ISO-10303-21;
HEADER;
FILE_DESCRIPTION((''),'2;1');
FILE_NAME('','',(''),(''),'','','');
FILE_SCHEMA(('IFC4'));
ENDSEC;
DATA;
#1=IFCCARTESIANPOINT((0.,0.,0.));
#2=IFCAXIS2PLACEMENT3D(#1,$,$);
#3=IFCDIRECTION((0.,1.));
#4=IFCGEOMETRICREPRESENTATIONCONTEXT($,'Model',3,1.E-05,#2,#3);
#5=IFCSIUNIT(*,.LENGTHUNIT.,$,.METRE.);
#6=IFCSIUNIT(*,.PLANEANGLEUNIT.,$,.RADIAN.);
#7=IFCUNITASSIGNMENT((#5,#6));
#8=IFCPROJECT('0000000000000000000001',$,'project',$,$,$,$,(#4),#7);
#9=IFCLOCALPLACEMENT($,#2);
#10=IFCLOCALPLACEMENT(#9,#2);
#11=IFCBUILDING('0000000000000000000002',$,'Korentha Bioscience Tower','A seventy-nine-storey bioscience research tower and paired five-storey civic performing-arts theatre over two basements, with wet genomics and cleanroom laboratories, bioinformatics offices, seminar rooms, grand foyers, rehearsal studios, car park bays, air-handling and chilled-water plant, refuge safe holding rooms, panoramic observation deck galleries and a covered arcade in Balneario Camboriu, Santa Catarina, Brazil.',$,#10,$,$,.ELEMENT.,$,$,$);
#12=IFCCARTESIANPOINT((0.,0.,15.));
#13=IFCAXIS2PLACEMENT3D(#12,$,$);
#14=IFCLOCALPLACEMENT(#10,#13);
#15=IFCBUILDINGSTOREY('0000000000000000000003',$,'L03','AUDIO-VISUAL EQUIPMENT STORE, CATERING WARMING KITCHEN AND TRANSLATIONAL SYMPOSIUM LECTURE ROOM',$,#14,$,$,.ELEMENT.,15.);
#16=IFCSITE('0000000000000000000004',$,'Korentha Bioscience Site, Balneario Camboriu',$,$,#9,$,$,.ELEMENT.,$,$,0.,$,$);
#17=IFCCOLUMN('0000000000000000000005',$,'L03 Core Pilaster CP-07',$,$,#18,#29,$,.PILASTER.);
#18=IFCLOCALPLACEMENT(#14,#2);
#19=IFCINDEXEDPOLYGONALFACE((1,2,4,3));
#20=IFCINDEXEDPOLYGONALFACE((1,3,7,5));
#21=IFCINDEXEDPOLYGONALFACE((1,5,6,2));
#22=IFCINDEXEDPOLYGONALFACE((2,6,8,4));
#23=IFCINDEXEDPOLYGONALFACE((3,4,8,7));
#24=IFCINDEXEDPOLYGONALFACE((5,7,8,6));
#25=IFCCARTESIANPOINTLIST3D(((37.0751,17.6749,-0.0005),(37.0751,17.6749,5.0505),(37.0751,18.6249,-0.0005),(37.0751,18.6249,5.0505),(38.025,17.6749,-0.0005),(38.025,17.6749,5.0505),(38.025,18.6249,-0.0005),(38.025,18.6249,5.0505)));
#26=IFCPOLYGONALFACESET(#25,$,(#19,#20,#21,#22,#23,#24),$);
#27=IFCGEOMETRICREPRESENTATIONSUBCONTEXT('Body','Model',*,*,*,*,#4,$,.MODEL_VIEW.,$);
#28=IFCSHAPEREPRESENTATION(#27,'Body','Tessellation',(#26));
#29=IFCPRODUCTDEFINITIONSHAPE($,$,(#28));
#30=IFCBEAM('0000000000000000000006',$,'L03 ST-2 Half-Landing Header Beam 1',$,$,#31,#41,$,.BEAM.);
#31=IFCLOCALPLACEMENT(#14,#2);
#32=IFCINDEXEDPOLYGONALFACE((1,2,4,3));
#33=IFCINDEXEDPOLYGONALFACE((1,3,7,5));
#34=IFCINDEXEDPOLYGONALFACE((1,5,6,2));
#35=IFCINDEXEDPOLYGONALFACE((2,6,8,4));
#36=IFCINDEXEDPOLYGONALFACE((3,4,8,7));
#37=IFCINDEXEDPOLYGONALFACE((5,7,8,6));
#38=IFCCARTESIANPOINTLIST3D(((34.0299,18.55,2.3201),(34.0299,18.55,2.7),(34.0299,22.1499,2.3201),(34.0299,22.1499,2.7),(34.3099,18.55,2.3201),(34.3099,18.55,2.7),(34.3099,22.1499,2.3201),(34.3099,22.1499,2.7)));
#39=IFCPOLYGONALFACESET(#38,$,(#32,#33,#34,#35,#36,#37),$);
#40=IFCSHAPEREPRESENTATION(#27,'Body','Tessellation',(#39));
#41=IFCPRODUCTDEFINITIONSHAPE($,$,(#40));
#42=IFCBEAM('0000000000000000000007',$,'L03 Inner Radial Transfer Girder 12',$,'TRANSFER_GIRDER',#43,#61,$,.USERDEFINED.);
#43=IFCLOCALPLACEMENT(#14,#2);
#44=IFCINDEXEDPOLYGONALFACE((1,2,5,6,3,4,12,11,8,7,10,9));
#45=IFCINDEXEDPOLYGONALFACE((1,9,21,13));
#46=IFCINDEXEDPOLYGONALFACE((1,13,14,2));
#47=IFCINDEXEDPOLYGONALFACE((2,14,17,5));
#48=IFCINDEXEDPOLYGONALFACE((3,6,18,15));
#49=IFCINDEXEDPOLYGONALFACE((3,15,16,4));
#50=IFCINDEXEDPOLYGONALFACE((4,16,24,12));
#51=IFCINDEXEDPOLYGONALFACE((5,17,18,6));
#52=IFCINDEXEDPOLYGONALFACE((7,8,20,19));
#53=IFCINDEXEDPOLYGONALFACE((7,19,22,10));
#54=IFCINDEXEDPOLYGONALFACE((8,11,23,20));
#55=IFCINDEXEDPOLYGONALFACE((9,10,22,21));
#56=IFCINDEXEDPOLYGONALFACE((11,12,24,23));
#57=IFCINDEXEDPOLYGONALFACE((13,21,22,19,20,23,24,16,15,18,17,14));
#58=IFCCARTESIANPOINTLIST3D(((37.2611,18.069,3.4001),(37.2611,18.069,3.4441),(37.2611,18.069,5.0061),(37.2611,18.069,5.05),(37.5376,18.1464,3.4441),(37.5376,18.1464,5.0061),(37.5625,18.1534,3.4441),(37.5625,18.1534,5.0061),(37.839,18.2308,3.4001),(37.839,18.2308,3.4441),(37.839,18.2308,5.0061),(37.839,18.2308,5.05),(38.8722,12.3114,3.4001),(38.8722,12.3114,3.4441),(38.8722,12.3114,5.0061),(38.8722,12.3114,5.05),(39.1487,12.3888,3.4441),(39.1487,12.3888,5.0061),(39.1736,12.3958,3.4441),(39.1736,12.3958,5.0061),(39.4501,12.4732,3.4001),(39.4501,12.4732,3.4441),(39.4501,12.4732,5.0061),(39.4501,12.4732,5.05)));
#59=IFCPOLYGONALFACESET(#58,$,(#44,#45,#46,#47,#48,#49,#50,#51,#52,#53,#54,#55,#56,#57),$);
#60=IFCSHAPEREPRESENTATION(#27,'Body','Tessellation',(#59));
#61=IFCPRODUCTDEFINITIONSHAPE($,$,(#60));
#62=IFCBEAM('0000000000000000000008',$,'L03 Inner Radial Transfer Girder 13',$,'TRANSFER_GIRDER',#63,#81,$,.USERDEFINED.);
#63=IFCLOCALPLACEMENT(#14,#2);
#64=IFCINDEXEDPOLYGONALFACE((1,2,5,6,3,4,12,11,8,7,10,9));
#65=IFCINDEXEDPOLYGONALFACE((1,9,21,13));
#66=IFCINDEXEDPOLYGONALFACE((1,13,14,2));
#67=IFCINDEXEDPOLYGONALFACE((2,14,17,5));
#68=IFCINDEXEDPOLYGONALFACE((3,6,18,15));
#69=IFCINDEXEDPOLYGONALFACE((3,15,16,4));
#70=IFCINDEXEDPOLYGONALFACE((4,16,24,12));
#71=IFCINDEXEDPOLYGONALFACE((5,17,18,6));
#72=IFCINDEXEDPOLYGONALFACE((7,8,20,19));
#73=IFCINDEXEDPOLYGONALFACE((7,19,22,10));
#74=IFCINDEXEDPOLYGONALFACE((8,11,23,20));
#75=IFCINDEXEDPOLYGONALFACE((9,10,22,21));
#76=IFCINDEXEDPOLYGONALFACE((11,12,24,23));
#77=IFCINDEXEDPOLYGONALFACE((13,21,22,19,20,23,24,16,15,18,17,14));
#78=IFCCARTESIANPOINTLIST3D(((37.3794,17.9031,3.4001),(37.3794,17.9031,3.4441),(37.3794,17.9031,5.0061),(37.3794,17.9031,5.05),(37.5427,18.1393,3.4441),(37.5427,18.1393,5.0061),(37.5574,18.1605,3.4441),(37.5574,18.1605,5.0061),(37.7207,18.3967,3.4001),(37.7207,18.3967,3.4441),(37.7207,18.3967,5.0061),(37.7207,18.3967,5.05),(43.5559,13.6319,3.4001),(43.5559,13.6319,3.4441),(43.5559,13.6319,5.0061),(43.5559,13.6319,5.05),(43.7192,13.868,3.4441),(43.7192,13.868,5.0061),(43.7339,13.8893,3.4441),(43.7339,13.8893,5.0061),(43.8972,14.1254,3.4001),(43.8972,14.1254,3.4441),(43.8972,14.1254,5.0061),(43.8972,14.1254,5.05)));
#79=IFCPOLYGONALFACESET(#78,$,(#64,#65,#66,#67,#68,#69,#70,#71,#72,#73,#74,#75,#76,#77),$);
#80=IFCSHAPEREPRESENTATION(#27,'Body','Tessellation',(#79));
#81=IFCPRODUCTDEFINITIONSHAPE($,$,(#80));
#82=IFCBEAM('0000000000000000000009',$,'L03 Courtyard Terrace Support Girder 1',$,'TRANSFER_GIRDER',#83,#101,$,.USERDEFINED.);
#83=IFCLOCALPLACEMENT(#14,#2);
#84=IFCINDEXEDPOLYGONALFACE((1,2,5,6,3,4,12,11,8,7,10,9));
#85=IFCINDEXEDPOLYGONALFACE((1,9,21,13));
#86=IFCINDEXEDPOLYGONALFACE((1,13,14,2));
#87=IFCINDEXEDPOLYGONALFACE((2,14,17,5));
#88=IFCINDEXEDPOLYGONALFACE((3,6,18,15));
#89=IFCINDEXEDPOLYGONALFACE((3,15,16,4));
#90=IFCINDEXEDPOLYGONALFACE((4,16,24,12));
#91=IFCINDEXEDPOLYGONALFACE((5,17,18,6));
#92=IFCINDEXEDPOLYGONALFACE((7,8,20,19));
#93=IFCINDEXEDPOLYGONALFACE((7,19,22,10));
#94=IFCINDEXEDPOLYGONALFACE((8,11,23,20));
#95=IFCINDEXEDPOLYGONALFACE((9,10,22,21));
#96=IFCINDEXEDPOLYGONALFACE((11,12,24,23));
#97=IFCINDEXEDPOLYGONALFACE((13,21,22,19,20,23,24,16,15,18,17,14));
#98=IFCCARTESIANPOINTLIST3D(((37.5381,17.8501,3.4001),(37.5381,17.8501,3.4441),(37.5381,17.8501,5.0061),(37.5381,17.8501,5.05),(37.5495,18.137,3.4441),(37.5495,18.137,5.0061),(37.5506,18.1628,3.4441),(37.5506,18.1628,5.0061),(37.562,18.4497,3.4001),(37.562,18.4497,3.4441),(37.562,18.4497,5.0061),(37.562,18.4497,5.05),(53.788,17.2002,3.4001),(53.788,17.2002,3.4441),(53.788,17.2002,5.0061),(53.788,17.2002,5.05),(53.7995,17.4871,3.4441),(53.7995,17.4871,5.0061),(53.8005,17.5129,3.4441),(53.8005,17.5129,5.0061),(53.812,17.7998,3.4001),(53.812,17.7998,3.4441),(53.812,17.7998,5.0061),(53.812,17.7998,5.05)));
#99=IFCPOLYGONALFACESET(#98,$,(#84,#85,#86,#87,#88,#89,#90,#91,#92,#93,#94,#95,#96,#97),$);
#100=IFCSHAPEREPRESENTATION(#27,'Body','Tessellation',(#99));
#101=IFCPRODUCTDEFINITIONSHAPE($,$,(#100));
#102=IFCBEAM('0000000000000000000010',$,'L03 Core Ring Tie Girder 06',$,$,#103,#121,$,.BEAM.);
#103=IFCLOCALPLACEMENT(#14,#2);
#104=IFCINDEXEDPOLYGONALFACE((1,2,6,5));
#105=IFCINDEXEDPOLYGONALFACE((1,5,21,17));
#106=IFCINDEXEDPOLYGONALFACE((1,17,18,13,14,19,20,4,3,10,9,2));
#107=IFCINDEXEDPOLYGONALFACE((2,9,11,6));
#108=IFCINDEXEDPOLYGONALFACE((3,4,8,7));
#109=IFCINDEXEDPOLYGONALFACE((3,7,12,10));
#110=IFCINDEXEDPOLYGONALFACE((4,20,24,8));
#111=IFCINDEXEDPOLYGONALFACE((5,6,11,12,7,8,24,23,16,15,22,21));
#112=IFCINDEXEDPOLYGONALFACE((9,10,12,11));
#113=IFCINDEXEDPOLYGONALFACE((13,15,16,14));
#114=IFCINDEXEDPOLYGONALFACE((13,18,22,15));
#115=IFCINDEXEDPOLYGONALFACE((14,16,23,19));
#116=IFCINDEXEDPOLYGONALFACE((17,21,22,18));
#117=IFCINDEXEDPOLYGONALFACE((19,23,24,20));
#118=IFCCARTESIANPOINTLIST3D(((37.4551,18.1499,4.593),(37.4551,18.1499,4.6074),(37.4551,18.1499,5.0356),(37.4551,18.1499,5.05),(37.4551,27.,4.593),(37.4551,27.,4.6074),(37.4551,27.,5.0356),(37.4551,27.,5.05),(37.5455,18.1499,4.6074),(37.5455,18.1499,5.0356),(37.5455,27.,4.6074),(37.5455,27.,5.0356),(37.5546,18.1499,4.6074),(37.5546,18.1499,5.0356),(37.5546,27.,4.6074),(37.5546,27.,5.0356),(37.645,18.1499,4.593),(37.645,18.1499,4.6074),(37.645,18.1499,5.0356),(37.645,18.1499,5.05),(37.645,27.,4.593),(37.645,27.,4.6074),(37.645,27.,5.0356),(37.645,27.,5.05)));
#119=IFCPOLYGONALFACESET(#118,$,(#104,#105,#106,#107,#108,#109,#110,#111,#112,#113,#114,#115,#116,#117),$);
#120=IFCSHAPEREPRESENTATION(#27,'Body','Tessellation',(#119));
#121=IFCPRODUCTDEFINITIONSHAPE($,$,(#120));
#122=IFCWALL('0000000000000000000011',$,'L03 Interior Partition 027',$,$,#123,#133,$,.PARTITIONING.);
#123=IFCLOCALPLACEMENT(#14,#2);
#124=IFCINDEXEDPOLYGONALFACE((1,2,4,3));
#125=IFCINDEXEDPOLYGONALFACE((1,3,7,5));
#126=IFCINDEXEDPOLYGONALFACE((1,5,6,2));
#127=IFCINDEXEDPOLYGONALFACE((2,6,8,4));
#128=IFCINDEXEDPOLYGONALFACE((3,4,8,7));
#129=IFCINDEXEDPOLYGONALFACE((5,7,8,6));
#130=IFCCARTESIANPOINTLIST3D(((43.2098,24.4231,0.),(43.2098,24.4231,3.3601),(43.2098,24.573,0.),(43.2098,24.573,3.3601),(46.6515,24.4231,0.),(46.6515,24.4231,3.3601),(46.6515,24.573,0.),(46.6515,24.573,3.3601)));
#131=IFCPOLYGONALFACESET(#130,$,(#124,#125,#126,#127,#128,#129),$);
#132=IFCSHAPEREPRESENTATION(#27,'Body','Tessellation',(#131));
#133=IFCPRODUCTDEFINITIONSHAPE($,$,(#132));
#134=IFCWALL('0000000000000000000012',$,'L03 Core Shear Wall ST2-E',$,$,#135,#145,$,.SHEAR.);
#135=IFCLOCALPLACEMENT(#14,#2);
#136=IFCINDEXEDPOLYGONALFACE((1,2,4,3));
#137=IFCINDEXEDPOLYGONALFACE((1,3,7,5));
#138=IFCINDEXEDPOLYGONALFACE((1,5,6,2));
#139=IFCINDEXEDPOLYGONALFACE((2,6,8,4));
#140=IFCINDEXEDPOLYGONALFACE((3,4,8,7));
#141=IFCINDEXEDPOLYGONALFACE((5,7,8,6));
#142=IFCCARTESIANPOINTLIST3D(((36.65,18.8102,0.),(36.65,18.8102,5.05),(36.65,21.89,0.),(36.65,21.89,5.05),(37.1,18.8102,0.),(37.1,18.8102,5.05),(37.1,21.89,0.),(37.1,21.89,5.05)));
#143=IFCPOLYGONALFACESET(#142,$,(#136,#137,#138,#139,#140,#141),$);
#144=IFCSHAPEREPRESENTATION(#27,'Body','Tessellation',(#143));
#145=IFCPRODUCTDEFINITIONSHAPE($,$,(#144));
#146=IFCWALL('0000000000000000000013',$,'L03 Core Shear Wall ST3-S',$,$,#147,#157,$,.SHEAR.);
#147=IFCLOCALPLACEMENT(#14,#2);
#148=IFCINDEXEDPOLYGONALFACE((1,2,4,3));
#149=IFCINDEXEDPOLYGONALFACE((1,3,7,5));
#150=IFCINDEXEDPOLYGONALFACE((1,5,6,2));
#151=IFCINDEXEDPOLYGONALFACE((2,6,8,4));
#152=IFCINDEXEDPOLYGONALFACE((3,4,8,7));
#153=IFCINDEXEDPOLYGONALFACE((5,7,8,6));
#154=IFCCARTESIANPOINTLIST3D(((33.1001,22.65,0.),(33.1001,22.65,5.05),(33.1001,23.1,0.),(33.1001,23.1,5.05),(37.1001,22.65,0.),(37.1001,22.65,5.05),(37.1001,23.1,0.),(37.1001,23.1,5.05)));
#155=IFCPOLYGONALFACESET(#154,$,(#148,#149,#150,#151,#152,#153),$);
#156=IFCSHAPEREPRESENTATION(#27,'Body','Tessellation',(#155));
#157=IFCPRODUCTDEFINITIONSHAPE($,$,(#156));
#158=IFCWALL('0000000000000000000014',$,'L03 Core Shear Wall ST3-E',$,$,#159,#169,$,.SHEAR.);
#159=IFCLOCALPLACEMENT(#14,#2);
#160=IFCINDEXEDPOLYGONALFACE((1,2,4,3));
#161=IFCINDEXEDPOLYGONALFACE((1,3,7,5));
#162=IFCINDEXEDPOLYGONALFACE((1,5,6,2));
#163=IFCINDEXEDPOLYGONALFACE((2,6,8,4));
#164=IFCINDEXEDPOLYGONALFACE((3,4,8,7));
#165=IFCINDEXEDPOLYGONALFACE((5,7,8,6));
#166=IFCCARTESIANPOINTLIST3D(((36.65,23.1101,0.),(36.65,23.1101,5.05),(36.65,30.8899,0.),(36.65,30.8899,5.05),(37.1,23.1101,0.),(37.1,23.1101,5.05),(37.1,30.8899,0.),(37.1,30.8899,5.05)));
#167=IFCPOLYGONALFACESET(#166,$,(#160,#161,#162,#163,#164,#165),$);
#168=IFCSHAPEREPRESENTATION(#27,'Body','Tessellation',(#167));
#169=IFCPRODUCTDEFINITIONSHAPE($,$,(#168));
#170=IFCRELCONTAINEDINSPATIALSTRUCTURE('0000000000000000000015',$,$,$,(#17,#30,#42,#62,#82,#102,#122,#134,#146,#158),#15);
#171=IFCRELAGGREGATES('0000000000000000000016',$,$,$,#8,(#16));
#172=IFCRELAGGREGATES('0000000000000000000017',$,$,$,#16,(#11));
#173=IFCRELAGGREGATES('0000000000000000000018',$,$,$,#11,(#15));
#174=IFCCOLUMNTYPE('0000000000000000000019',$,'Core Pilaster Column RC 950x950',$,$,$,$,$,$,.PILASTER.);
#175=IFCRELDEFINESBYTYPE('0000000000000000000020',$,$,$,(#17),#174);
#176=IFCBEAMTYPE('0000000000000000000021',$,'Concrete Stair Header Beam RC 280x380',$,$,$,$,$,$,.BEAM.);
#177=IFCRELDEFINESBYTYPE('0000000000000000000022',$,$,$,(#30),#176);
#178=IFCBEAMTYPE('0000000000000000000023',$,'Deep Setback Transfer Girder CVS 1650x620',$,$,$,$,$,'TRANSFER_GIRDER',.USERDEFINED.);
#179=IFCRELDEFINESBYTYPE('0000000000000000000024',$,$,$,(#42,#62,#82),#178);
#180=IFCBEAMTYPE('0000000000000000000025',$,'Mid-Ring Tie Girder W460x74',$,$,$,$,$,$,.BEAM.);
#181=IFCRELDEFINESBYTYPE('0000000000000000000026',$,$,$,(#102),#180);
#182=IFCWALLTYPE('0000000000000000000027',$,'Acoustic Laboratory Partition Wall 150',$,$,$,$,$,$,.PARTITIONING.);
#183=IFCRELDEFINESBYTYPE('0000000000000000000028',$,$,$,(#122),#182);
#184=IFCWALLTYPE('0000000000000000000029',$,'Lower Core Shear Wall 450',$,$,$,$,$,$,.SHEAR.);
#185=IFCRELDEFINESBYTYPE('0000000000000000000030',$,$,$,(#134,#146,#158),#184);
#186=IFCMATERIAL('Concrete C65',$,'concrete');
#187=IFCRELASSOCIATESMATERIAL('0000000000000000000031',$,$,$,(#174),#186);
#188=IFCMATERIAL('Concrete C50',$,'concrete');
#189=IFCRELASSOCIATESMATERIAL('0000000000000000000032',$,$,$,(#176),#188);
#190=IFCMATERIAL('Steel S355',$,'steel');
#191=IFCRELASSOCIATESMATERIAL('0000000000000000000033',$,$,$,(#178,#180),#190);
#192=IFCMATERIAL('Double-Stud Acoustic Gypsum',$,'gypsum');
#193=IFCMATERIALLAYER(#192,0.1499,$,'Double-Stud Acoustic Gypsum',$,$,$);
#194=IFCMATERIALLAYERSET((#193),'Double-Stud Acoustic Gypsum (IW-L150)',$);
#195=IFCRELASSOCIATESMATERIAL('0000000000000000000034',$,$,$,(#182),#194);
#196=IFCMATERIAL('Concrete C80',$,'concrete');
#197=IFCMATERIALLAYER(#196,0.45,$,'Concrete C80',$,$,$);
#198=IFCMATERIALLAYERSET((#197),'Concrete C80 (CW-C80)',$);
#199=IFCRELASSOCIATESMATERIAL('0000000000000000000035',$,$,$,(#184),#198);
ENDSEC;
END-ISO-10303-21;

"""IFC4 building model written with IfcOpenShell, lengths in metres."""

from ifc_helpers import new_model, si_unit, direction, frame, frame_2d, origin, origin_2d, place, context, subcontext, project, spatial, rectangle, i_section, extrude, material, layer, layer_set, material_profile, profile_set, type_object, element, save


model = new_model("IFC4")

# Units and contexts
model_context = context("Model", 3, precision=1e-05, world=origin(), true_north=direction((0.0, 1.0)))
body_context = subcontext(model_context, "Body", "Model", "MODEL_VIEW")
ifc_project = project(units=[si_unit("LENGTHUNIT", "METRE"), si_unit("PLANEANGLEUNIT", "RADIAN")], contexts=[model_context])

# Site, building, storey
site_placement = place(None, origin())
site = spatial("IfcSite", under=ifc_project, at=site_placement, Name="Korentha Bioscience Site, Balneario Camboriu", CompositionType="ELEMENT", RefElevation=0.0)
building_placement = place(site_placement, origin())
building = spatial("IfcBuilding", under=site, at=building_placement, Name="Korentha Bioscience Tower", Description="A seventy-nine-storey bioscience research tower and paired five-storey civic performing-arts theatre over two basements, with wet genomics and cleanroom laboratories, bioinformatics offices, seminar rooms, grand foyers, rehearsal studios, car park bays, air-handling and chilled-water plant, refuge safe holding rooms, panoramic observation deck galleries and a covered arcade in Balneario Camboriu, Santa Catarina, Brazil.", CompositionType="ELEMENT")
storey_placement = place(building_placement, frame((0.0, 0.0, 15.0)))
storey = spatial("IfcBuildingStorey", under=building, at=storey_placement, Name="L03", Description="AUDIO-VISUAL EQUIPMENT STORE, CATERING WARMING KITCHEN AND TRANSLATIONAL SYMPOSIUM LECTURE ROOM", CompositionType="ELEMENT", Elevation=15.0)

# Column
ifc_material_1 = material(Name="Concrete C65", Category="concrete")
ifc_material_profile_1 = material_profile(ifc_material_1, rectangle(XDim=0.95, YDim=0.95, at=origin_2d()), Name="Concrete C65")
ifc_profile_set_1 = profile_set([ifc_material_profile_1], Name="Concrete C65 (COL-CP09)")
column_type = type_object("IfcColumnType", Name="Core Pilaster Column RC 950x950", PredefinedType="PILASTER", material=ifc_profile_set_1)
column_placement = place(storey_placement, frame((37.55, 18.1499, -0.0005), z_axis=(0.0, 0.0, 1.0), x_axis=(1.0, 0.0, 0.0)))
element("IfcColumn", 1, at=column_placement, inside=storey, type_object=column_type, Name="L03 Core Pilaster CP-07", PredefinedType="PILASTER", context=body_context, shape_type="SweptSolid", body=[
    extrude(rectangle(XDim=0.95, YDim=0.95, at=origin_2d()), origin(), (0.0, 0.0, 1.0), 5.051),
])

# Beams
ifc_material_2 = material(Name="Concrete C50", Category="concrete")
ifc_material_profile_2 = material_profile(ifc_material_2, rectangle(XDim=0.28, YDim=0.3799, at=origin_2d()), Name="Concrete C50")
ifc_profile_set_2 = profile_set([ifc_material_profile_2], Name="Concrete C50 (ST-HB380)")
beam_type_1 = type_object("IfcBeamType", Name="Concrete Stair Header Beam RC 280x380", PredefinedType="BEAM", material=ifc_profile_set_2)
beam_1_placement = place(storey_placement, frame((34.1699, 18.55, 2.51), z_axis=(0.0, 1.0, 0.0), x_axis=(-1.0, 0.0, 0.0)))
element("IfcBeam", 2, at=beam_1_placement, inside=storey, type_object=beam_type_1, Name="L03 ST-2 Half-Landing Header Beam 1", PredefinedType="BEAM", context=body_context, shape_type="SweptSolid", body=[
    extrude(rectangle(XDim=0.28, YDim=0.3799, at=origin_2d()), origin(), (0.0, 0.0, 1.0), 3.5999),
])
ifc_material_3 = material(Name="Steel S355", Category="steel")
ifc_material_profile_3 = material_profile(ifc_material_3, i_section(OverallWidth=0.6001, OverallDepth=1.6499, WebThickness=0.0259, FlangeThickness=0.0439, at=origin_2d()), Name="Steel S355")
ifc_profile_set_3 = profile_set([ifc_material_profile_3], Name="Steel S355 (TG-04)")
beam_type_2 = type_object("IfcBeamType", Name="Deep Setback Transfer Girder CVS 1650x620", ElementType="TRANSFER_GIRDER", PredefinedType="USERDEFINED", material=ifc_profile_set_3)
beam_2_placement = place(storey_placement, frame((37.55, 18.1499, 4.2251), z_axis=(0.269469, -0.963009, 0.0), x_axis=(0.963009, 0.269469, 0.0)))
element("IfcBeam", 3, at=beam_2_placement, inside=storey, type_object=beam_type_2, Name="L03 Inner Radial Transfer Girder 12", ObjectType="TRANSFER_GIRDER", PredefinedType="USERDEFINED", context=body_context, shape_type="SweptSolid", body=[
    extrude(i_section(OverallWidth=0.6001, OverallDepth=1.6499, WebThickness=0.0259, FlangeThickness=0.0439, at=origin_2d()), origin(), (0.0, 0.0, 1.0), 5.9788),
])
beam_3_placement = place(storey_placement, frame((37.55, 18.1499, 4.2251), z_axis=(0.822492, -0.568777, 0.0), x_axis=(0.568777, 0.822492, 0.0)))
element("IfcBeam", 4, at=beam_3_placement, inside=storey, type_object=beam_type_2, Name="L03 Inner Radial Transfer Girder 13", ObjectType="TRANSFER_GIRDER", PredefinedType="USERDEFINED", context=body_context, shape_type="SweptSolid", body=[
    extrude(i_section(OverallWidth=0.6001, OverallDepth=1.6499, WebThickness=0.0259, FlangeThickness=0.0439, at=origin_2d()), origin(), (0.0, 0.0, 1.0), 7.5095),
])
beam_4_placement = place(storey_placement, frame((37.55, 18.1499, 4.2251), z_axis=(0.999201, -0.039962, 0.0), x_axis=(0.039962, 0.999201, 0.0)))
element("IfcBeam", 5, at=beam_4_placement, inside=storey, type_object=beam_type_2, Name="L03 Courtyard Terrace Support Girder 1", ObjectType="TRANSFER_GIRDER", PredefinedType="USERDEFINED", context=body_context, shape_type="SweptSolid", body=[
    extrude(i_section(OverallWidth=0.6001, OverallDepth=1.6499, WebThickness=0.0259, FlangeThickness=0.0439, at=origin_2d()), origin(), (0.0, 0.0, 1.0), 16.2629),
])
ifc_material_profile_4 = material_profile(ifc_material_3, i_section(OverallWidth=0.1899, OverallDepth=0.457, WebThickness=0.009, FlangeThickness=0.0144, at=origin_2d()), Name="Steel S355")
ifc_profile_set_4 = profile_set([ifc_material_profile_4], Name="Steel S355 (MB-460)")
beam_type_3 = type_object("IfcBeamType", Name="Mid-Ring Tie Girder W460x74", PredefinedType="BEAM", material=ifc_profile_set_4)
beam_5_placement = place(storey_placement, frame((37.55, 18.1499, 4.8215), z_axis=(0.0, 1.0, 0.0), x_axis=(-1.0, 0.0, 0.0)))
element("IfcBeam", 6, at=beam_5_placement, inside=storey, type_object=beam_type_3, Name="L03 Core Ring Tie Girder 06", PredefinedType="BEAM", context=body_context, shape_type="SweptSolid", body=[
    extrude(i_section(OverallWidth=0.1899, OverallDepth=0.457, WebThickness=0.009, FlangeThickness=0.0144, at=origin_2d()), origin(), (0.0, 0.0, 1.0), 8.8501),
])

# Walls
ifc_material_4 = material(Name="Double-Stud Acoustic Gypsum", Category="gypsum")
ifc_layer_1 = layer(ifc_material_4, 0.1499, Name="Double-Stud Acoustic Gypsum")
ifc_layer_set_1 = layer_set([ifc_layer_1], Name="Double-Stud Acoustic Gypsum (IW-L150)")
wall_type_1 = type_object("IfcWallType", Name="Acoustic Laboratory Partition Wall 150", PredefinedType="PARTITIONING", material=ifc_layer_set_1)
wall_1_placement = place(storey_placement, frame((43.21, 24.498, 0.0), z_axis=(0.0, 0.0, 1.0), x_axis=(1.0, 0.0, 0.0)))
element("IfcWall", 7, at=wall_1_placement, inside=storey, type_object=wall_type_1, Name="L03 Interior Partition 027", PredefinedType="PARTITIONING", context=body_context, shape_type="SweptSolid", body=[
    extrude(rectangle(XDim=3.4417, YDim=0.1499, at=frame_2d((1.7207, 0.0))), origin(), (0.0, 0.0, 1.0), 3.3601),
])
ifc_material_5 = material(Name="Concrete C80", Category="concrete")
ifc_layer_2 = layer(ifc_material_5, 0.45, Name="Concrete C80")
ifc_layer_set_2 = layer_set([ifc_layer_2], Name="Concrete C80 (CW-C80)")
wall_type_2 = type_object("IfcWallType", Name="Lower Core Shear Wall 450", PredefinedType="SHEAR", material=ifc_layer_set_2)
wall_2_placement = place(storey_placement, frame((36.875, 18.8101, 0.0), z_axis=(0.0, 0.0, 1.0), x_axis=(0.0, 1.0, 0.0)))
element("IfcWall", 8, at=wall_2_placement, inside=storey, type_object=wall_type_2, Name="L03 Core Shear Wall ST2-E", PredefinedType="SHEAR", context=body_context, shape_type="SweptSolid", body=[
    extrude(rectangle(XDim=3.0798, YDim=0.45, at=frame_2d((1.54, 0.0))), origin(), (0.0, 0.0, 1.0), 5.05),
])
wall_3_placement = place(storey_placement, frame((33.1001, 22.875, 0.0), z_axis=(0.0, 0.0, 1.0), x_axis=(1.0, 0.0, 0.0)))
element("IfcWall", 9, at=wall_3_placement, inside=storey, type_object=wall_type_2, Name="L03 Core Shear Wall ST3-S", PredefinedType="SHEAR", context=body_context, shape_type="SweptSolid", body=[
    extrude(rectangle(XDim=4.0, YDim=0.45, at=frame_2d((2.0, 0.0))), origin(), (0.0, 0.0, 1.0), 5.05),
])
wall_4_placement = place(storey_placement, frame((36.875, 23.1101, 0.0), z_axis=(0.0, 0.0, 1.0), x_axis=(0.0, 1.0, 0.0)))
element("IfcWall", 10, at=wall_4_placement, inside=storey, type_object=wall_type_2, Name="L03 Core Shear Wall ST3-E", PredefinedType="SHEAR", context=body_context, shape_type="SweptSolid", body=[
    extrude(rectangle(XDim=7.7798, YDim=0.45, at=frame_2d((3.8899, 0.0))), origin(), (0.0, 0.0, 1.0), 5.05),
])

save(model, "model.ifc")
